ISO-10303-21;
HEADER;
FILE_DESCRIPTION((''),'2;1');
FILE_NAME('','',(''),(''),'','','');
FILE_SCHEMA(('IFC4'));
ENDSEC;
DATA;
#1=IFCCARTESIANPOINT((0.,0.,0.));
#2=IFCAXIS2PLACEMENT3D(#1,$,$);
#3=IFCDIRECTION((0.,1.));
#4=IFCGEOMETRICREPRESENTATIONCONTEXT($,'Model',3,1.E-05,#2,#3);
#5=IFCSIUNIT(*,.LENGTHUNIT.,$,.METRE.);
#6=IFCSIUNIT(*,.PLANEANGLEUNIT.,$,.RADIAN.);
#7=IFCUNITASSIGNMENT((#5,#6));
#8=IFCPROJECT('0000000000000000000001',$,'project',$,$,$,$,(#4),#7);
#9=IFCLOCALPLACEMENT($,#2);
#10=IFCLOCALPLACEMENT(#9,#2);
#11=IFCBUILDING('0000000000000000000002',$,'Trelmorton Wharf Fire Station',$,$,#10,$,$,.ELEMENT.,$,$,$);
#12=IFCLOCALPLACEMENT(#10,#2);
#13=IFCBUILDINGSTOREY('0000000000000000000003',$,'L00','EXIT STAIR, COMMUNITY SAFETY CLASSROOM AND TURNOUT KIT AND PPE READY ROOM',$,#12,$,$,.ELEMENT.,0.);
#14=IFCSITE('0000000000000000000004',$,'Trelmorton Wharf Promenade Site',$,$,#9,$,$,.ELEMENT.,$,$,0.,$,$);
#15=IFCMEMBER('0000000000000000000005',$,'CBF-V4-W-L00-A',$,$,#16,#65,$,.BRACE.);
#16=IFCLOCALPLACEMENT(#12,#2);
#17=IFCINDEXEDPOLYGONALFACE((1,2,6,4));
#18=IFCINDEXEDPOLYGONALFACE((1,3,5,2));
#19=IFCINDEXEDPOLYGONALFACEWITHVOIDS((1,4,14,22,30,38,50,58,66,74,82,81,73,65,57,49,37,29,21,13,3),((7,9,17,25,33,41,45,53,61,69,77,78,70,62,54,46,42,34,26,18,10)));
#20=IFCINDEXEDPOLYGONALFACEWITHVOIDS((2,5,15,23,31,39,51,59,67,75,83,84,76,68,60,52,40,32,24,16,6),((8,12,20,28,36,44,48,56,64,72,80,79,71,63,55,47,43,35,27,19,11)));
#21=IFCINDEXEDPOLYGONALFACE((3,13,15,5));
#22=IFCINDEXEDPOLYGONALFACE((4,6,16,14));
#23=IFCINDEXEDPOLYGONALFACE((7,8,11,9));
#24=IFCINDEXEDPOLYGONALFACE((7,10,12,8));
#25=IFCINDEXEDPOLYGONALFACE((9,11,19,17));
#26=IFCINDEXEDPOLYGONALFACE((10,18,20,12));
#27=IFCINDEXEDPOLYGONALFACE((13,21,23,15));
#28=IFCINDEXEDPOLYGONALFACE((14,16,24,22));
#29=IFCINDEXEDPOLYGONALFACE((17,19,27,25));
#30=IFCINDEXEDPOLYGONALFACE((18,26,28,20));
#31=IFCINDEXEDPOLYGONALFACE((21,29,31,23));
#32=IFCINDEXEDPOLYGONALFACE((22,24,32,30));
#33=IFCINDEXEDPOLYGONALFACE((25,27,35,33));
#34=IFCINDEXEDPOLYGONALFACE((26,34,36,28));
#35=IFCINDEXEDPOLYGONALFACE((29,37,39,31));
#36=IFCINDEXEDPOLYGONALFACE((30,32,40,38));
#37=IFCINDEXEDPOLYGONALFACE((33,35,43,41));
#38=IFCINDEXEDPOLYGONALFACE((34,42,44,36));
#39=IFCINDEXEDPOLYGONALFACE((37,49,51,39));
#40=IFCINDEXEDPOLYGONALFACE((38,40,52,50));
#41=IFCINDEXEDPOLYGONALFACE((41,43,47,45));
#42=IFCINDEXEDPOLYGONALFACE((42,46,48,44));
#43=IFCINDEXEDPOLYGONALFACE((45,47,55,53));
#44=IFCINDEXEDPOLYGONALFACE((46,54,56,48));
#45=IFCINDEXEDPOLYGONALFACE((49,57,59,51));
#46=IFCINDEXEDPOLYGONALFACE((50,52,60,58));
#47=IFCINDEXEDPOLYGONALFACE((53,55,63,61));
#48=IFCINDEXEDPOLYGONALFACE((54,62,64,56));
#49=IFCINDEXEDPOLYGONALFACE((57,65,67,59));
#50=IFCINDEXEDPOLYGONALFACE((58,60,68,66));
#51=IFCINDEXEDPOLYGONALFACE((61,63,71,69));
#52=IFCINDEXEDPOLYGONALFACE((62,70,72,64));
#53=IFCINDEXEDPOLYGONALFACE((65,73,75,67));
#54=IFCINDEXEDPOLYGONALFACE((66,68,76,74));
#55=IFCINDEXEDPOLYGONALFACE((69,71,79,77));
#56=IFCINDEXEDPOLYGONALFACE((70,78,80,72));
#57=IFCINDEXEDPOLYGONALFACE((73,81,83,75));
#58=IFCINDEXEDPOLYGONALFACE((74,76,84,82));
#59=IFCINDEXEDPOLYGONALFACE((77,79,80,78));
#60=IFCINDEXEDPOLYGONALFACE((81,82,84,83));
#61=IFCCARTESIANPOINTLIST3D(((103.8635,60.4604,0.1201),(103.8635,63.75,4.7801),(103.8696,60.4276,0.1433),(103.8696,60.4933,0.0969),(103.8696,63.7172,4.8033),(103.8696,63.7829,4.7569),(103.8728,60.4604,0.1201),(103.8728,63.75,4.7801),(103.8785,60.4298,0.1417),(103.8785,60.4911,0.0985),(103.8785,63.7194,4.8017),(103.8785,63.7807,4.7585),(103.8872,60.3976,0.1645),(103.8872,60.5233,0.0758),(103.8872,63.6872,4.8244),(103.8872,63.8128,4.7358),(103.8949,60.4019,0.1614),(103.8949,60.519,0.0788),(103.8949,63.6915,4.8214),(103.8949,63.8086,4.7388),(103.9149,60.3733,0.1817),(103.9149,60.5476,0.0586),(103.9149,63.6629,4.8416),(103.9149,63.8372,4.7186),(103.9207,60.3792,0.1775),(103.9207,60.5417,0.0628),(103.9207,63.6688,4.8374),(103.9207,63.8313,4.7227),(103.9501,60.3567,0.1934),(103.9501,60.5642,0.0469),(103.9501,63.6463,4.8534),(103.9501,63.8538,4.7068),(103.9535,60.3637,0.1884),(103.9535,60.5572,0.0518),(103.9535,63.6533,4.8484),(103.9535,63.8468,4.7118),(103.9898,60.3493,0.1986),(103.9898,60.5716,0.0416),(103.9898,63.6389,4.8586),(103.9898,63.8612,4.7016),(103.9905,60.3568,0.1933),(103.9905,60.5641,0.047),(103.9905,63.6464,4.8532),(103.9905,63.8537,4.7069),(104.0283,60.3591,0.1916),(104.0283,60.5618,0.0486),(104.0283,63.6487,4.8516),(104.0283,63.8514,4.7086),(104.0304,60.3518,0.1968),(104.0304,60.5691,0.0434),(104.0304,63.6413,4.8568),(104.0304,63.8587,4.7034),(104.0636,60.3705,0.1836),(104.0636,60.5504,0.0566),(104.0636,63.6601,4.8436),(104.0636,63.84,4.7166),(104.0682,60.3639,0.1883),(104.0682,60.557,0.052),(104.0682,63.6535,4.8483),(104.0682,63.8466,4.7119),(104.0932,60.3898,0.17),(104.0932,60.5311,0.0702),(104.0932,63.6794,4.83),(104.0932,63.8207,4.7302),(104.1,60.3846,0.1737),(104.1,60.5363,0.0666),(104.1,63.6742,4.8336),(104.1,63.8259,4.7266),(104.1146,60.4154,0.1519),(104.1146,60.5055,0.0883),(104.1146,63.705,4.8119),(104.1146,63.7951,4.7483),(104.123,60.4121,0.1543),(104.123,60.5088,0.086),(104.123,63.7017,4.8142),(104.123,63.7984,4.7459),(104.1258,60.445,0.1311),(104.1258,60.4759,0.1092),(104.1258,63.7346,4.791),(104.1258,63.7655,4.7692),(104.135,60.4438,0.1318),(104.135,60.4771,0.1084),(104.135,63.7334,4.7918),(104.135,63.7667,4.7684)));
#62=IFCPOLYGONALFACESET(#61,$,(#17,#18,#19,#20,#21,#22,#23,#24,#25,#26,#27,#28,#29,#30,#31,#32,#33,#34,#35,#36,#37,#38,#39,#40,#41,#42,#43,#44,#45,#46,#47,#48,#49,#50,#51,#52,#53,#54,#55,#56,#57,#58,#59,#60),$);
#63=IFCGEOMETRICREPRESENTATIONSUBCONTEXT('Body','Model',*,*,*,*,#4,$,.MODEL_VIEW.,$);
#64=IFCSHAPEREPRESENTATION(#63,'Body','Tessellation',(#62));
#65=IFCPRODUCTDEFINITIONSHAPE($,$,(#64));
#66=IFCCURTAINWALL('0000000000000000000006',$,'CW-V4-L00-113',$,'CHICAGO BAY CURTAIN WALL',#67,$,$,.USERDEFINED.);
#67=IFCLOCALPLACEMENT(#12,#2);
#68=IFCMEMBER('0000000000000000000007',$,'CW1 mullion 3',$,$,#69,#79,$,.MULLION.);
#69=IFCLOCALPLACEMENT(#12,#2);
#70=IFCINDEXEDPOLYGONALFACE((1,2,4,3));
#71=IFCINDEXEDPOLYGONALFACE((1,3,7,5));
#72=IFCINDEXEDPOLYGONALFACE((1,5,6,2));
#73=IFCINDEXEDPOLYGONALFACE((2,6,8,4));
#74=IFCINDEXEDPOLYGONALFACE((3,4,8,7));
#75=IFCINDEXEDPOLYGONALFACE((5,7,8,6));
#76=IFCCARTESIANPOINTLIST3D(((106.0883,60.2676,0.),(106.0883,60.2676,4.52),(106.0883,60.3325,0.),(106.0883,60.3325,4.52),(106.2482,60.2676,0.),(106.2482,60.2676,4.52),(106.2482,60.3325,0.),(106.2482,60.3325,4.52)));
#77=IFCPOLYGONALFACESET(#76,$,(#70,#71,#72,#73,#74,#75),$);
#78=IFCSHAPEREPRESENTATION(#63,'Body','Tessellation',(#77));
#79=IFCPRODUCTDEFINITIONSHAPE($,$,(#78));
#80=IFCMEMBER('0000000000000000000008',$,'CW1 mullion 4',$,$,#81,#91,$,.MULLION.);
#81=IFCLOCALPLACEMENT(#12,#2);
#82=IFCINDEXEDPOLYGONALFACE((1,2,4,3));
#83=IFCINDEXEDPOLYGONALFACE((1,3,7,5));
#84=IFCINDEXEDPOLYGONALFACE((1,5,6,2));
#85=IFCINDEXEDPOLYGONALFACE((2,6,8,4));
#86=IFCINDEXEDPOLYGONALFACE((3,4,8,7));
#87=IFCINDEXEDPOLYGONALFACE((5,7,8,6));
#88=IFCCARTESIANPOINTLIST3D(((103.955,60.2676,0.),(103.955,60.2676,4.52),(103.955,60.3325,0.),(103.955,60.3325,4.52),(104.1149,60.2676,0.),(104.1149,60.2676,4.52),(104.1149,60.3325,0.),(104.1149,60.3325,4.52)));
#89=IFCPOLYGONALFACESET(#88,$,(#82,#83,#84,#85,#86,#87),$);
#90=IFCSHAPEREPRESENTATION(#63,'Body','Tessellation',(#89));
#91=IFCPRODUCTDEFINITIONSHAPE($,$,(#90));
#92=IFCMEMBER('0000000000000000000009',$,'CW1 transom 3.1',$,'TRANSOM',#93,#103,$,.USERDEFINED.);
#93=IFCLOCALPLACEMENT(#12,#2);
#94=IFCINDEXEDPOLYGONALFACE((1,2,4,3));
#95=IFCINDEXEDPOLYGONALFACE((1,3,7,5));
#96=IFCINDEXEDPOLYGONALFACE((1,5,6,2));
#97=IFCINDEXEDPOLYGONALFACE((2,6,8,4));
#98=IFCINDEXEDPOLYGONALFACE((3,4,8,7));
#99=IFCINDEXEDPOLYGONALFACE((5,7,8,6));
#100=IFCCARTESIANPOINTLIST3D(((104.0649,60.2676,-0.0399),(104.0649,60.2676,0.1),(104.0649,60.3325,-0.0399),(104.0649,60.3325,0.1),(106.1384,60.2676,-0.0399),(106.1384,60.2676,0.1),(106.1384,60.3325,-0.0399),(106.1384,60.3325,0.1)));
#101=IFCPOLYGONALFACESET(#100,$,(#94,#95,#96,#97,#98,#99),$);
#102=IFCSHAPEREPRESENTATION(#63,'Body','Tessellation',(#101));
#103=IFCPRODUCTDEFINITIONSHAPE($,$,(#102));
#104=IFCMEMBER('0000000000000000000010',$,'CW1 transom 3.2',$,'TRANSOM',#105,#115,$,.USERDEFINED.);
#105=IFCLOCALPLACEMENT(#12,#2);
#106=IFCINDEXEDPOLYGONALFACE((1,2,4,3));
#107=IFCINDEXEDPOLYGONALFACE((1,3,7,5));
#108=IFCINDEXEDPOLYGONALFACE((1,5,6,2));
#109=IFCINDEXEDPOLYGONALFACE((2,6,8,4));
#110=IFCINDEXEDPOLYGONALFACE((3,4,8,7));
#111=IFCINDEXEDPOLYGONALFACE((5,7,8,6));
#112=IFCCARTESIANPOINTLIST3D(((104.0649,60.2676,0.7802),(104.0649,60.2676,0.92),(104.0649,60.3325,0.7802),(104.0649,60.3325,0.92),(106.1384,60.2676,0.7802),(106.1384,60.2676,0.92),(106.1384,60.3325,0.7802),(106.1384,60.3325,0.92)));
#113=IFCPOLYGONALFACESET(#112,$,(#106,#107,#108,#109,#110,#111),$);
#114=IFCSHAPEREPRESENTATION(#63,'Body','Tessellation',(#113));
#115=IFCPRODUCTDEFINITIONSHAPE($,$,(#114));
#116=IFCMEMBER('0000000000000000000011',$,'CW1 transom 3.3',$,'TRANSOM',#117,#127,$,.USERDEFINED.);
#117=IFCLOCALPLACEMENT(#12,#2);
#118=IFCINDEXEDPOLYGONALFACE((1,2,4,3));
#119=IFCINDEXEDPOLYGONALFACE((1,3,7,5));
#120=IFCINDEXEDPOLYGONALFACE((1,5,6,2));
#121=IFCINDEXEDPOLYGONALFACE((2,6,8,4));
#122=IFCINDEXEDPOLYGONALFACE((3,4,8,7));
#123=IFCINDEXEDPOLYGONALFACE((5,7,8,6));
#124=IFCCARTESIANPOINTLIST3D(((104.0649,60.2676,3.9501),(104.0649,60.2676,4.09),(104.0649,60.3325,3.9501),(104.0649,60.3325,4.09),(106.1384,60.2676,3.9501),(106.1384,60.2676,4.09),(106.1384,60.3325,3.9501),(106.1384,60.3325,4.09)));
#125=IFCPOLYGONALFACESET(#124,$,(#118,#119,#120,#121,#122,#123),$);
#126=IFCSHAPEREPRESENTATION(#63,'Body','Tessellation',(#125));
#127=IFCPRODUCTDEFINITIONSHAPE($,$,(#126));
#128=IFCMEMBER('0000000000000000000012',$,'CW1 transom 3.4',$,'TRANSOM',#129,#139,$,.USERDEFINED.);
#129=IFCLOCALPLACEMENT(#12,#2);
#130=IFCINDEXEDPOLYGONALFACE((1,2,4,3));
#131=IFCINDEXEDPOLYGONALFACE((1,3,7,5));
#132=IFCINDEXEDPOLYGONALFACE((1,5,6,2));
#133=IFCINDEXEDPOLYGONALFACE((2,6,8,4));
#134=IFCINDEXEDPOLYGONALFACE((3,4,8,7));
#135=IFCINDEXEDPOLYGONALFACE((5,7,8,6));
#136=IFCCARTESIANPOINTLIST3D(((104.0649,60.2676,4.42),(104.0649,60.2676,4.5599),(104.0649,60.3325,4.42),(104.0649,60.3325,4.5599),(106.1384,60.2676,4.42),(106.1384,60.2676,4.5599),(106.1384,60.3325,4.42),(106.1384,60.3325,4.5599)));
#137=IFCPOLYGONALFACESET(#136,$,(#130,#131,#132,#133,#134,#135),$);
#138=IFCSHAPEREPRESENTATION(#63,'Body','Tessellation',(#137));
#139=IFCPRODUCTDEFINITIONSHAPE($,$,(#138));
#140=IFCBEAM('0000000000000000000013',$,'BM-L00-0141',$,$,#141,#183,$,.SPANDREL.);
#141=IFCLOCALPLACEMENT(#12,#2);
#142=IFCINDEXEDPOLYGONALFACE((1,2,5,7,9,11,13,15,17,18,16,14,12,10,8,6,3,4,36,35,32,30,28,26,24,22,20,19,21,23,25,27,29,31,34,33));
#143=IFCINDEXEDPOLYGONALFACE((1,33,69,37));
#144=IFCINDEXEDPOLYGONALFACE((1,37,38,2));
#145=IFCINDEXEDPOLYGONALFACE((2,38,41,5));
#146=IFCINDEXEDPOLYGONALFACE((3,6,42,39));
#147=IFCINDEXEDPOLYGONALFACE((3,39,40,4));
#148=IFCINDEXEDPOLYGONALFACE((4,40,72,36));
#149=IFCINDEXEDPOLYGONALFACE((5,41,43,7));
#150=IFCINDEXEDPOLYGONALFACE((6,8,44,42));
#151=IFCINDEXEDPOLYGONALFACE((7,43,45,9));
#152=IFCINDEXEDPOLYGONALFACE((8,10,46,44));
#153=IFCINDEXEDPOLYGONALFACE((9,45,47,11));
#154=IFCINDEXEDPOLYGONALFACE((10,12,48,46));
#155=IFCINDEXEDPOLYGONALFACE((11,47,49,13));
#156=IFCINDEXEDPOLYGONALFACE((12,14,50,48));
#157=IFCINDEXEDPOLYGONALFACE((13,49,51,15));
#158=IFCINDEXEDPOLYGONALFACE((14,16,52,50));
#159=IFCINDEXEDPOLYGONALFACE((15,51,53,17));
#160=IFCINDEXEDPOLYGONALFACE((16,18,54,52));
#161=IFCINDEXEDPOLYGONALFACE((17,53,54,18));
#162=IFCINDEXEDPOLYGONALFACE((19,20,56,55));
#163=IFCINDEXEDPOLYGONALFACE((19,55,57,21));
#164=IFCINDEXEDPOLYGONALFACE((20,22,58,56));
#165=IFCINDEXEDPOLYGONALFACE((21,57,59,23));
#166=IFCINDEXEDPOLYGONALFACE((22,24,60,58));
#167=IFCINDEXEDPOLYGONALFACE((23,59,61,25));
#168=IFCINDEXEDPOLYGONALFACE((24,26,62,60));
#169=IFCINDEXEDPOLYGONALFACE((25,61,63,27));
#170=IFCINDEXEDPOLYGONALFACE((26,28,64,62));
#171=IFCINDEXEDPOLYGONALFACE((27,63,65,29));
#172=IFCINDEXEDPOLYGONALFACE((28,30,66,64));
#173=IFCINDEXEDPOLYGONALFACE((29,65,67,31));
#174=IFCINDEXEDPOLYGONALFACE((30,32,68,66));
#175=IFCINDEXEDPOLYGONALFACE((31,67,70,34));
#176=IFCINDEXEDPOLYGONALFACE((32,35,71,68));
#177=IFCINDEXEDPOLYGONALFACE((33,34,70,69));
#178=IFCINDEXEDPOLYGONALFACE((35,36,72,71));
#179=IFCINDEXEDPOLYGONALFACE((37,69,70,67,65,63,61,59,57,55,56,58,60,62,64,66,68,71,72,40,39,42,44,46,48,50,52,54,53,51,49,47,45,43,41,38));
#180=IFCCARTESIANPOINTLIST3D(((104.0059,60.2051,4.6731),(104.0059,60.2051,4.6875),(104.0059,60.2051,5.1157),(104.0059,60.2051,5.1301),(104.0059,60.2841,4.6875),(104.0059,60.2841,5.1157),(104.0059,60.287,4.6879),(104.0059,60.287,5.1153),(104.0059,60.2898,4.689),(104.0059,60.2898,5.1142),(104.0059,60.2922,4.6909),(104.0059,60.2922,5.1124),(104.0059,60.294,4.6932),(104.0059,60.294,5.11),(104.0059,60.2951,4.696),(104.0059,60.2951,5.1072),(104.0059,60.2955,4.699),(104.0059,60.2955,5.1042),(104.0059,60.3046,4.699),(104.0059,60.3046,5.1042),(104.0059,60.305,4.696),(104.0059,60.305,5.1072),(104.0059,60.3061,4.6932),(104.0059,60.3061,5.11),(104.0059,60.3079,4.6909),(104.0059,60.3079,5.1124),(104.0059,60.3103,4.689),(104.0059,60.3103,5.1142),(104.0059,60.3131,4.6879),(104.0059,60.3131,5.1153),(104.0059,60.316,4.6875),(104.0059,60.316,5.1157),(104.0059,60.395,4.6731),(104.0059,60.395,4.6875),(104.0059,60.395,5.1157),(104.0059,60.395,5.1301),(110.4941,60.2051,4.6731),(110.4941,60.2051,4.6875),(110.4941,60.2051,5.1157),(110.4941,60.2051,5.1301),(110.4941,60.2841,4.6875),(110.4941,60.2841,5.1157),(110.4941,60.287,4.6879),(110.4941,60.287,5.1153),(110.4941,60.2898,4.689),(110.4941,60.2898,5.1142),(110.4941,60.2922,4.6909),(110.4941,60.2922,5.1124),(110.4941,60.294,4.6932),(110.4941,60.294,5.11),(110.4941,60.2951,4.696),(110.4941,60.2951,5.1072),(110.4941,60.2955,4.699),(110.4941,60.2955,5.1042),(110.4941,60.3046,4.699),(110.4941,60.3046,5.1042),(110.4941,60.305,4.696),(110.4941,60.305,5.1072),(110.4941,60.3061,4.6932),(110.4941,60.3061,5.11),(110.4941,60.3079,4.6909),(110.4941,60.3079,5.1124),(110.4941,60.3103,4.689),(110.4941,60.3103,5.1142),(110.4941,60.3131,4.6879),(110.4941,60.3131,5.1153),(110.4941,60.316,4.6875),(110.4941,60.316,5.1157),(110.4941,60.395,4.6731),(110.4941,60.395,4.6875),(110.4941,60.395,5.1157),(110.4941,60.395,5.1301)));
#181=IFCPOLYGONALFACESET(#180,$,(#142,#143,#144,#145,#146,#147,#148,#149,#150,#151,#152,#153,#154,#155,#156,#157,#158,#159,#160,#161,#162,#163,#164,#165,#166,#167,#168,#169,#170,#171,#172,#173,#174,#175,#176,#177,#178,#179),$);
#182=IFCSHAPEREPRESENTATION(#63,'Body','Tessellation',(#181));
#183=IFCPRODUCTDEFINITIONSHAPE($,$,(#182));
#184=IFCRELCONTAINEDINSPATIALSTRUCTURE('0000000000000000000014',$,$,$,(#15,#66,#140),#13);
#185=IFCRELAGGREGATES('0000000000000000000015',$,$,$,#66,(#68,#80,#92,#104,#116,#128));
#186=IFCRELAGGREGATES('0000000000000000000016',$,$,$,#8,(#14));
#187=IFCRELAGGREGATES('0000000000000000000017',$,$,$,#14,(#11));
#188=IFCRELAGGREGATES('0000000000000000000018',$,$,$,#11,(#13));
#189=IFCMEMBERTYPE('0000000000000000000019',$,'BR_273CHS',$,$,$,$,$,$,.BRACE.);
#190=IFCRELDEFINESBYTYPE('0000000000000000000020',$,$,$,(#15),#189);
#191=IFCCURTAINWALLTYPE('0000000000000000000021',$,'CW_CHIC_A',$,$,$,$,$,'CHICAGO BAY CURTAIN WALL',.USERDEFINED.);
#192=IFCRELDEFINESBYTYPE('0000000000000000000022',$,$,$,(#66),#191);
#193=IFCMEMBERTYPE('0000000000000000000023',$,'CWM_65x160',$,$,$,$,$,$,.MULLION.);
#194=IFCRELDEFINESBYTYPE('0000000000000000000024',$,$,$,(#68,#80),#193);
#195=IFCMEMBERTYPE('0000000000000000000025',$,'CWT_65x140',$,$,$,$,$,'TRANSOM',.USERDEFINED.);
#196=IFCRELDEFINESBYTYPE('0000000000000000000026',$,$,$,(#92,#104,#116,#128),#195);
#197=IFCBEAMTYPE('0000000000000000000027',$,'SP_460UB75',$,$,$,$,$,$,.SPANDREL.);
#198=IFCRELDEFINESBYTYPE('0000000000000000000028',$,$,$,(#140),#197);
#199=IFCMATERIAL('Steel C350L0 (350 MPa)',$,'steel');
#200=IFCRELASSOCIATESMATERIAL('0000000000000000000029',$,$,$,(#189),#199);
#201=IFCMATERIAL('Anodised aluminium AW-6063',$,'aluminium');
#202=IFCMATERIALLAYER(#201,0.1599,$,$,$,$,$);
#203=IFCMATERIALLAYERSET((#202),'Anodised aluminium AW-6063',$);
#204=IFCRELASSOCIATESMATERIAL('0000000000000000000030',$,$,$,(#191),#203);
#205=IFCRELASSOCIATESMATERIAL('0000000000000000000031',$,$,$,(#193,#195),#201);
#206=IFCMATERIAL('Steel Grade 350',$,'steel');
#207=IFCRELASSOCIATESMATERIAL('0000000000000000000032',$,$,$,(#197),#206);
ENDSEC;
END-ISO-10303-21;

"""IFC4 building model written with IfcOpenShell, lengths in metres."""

from ifc_helpers import new_model, si_unit, direction, frame, origin, origin_2d, place, context, subcontext, project, spatial, rectangle, hollow_circle, i_section, extrude, material, layer, layer_set, material_profile, profile_set, type_object, element, aggregate, save


model = new_model("IFC4")

# Units and contexts
model_context = context("Model", 3, precision=1e-05, world=origin(), true_north=direction((0.0, 1.0)))
body_context = subcontext(model_context, "Body", "Model", "MODEL_VIEW")
ifc_project = project(units=[si_unit("LENGTHUNIT", "METRE"), si_unit("PLANEANGLEUNIT", "RADIAN")], contexts=[model_context])

# Site, building, storey
site_placement = place(None, origin())
site = spatial("IfcSite", under=ifc_project, at=site_placement, Name="Trelmorton Wharf Promenade Site", CompositionType="ELEMENT", RefElevation=0.0)
building_placement = place(site_placement, origin())
building = spatial("IfcBuilding", under=site, at=building_placement, Name="Trelmorton Wharf Fire Station", CompositionType="ELEMENT")
storey_placement = place(building_placement, origin())
storey = spatial("IfcBuildingStorey", under=building, at=storey_placement, Name="L00", Description="EXIT STAIR, COMMUNITY SAFETY CLASSROOM AND TURNOUT KIT AND PPE READY ROOM", CompositionType="ELEMENT", Elevation=0.0)

# Shared definitions
ifc_material_1 = material(Name="Steel Grade 350", Category="steel")

# Member
ifc_material_2 = material(Name="Steel C350L0 (350 MPa)", Category="steel")
ifc_material_profile_1 = material_profile(ifc_material_2, hollow_circle(Radius=0.1365, WallThickness=0.0093, at=origin_2d()), Name="273.1x9.3CHS")
ifc_profile_set_1 = profile_set([ifc_material_profile_1], Name="Steel C350L0 (350 MPa)")
member_type_1 = type_object("IfcMemberType", Name="BR_273CHS", PredefinedType="BRACE", material=ifc_profile_set_1)
member_1_placement = place(storey_placement, frame((104.0, 60.4604, 0.1201), z_axis=(0.0, 0.576707, 0.816951), x_axis=(-1.0, 0.0, 0.0)))
element("IfcMember", 1, at=member_1_placement, inside=storey, type_object=member_type_1, Name="CBF-V4-W-L00-A", PredefinedType="BRACE", context=body_context, shape_type="SweptSolid", body=[
    extrude(hollow_circle(Radius=0.1365, WallThickness=0.0093, at=origin_2d()), origin(), (0.0, 0.0, 1.0), 5.7041),
])

# Curtain wall, members
ifc_material_3 = material(Name="Anodised aluminium AW-6063", Category="aluminium")
ifc_layer_1 = layer(ifc_material_3, 0.1599)
ifc_layer_set_1 = layer_set([ifc_layer_1], Name="Anodised aluminium AW-6063")
curtain_wall_type = type_object("IfcCurtainWallType", Name="CW_CHIC_A", ElementType="CHICAGO BAY CURTAIN WALL", PredefinedType="USERDEFINED", material=ifc_layer_set_1)
curtain_wall_placement = place(storey_placement, origin())
curtain_wall = element("IfcCurtainWall", 2, at=curtain_wall_placement, inside=storey, type_object=curtain_wall_type, Name="CW-V4-L00-113", ObjectType="CHICAGO BAY CURTAIN WALL", PredefinedType="USERDEFINED")
ifc_material_profile_2 = material_profile(ifc_material_3, rectangle(XDim=0.0649, YDim=0.1599, at=origin_2d()), Name="ALU-65x160")
ifc_profile_set_2 = profile_set([ifc_material_profile_2], Name="Anodised aluminium AW-6063")
member_type_2 = type_object("IfcMemberType", Name="CWM_65x160", PredefinedType="MULLION", material=ifc_profile_set_2)
member_2_placement = place(storey_placement, frame((106.1682, 60.3, 0.0), z_axis=(0.0, 0.0, 1.0), x_axis=(0.0, -1.0, 0.0)))
member_2 = element("IfcMember", 3, at=member_2_placement, type_object=member_type_2, Name="CW1 mullion 3", PredefinedType="MULLION", context=body_context, shape_type="SweptSolid", body=[
    extrude(rectangle(XDim=0.0649, YDim=0.1599, at=origin_2d()), origin(), (0.0, 0.0, 1.0), 4.52),
])
member_3_placement = place(storey_placement, frame((104.0349, 60.3, 0.0), z_axis=(0.0, 0.0, 1.0), x_axis=(0.0, -1.0, 0.0)))
member_3 = element("IfcMember", 4, at=member_3_placement, type_object=member_type_2, Name="CW1 mullion 4", PredefinedType="MULLION", context=body_context, shape_type="SweptSolid", body=[
    extrude(rectangle(XDim=0.0649, YDim=0.1599, at=origin_2d()), origin(), (0.0, 0.0, 1.0), 4.52),
])
ifc_material_profile_3 = material_profile(ifc_material_3, rectangle(XDim=0.0649, YDim=0.1399, at=origin_2d()), Name="ALU-65x140")
ifc_profile_set_3 = profile_set([ifc_material_profile_3], Name="Anodised aluminium AW-6063")
member_type_3 = type_object("IfcMemberType", Name="CWT_65x140", ElementType="TRANSOM", PredefinedType="USERDEFINED", material=ifc_profile_set_3)
member_4_placement = place(storey_placement, frame((106.1384, 60.3, 0.03), z_axis=(-1.0, 0.0, 0.0), x_axis=(0.0, -1.0, 0.0)))
member_4 = element("IfcMember", 5, at=member_4_placement, type_object=member_type_3, Name="CW1 transom 3.1", ObjectType="TRANSOM", PredefinedType="USERDEFINED", context=body_context, shape_type="SweptSolid", body=[
    extrude(rectangle(XDim=0.0649, YDim=0.1399, at=origin_2d()), origin(), (0.0, 0.0, 1.0), 2.0735),
])
member_5_placement = place(storey_placement, frame((106.1384, 60.3, 0.8501), z_axis=(-1.0, 0.0, 0.0), x_axis=(0.0, -1.0, 0.0)))
member_5 = element("IfcMember", 6, at=member_5_placement, type_object=member_type_3, Name="CW1 transom 3.2", ObjectType="TRANSOM", PredefinedType="USERDEFINED", context=body_context, shape_type="SweptSolid", body=[
    extrude(rectangle(XDim=0.0649, YDim=0.1399, at=origin_2d()), origin(), (0.0, 0.0, 1.0), 2.0735),
])
member_6_placement = place(storey_placement, frame((106.1384, 60.3, 4.02), z_axis=(-1.0, 0.0, 0.0), x_axis=(0.0, -1.0, 0.0)))
member_6 = element("IfcMember", 7, at=member_6_placement, type_object=member_type_3, Name="CW1 transom 3.3", ObjectType="TRANSOM", PredefinedType="USERDEFINED", context=body_context, shape_type="SweptSolid", body=[
    extrude(rectangle(XDim=0.0649, YDim=0.1399, at=origin_2d()), origin(), (0.0, 0.0, 1.0), 2.0735),
])
member_7_placement = place(storey_placement, frame((106.1384, 60.3, 4.49), z_axis=(-1.0, 0.0, 0.0), x_axis=(0.0, -1.0, 0.0)))
member_7 = element("IfcMember", 8, at=member_7_placement, type_object=member_type_3, Name="CW1 transom 3.4", ObjectType="TRANSOM", PredefinedType="USERDEFINED", context=body_context, shape_type="SweptSolid", body=[
    extrude(rectangle(XDim=0.0649, YDim=0.1399, at=origin_2d()), origin(), (0.0, 0.0, 1.0), 2.0735),
])

# Beam
ifc_material_profile_4 = material_profile(ifc_material_1, i_section(OverallWidth=0.1899, OverallDepth=0.457, WebThickness=0.009, FlangeThickness=0.0144, FilletRadius=0.0115, at=origin_2d()), Name="460UB74.6")
ifc_profile_set_4 = profile_set([ifc_material_profile_4], Name="Steel Grade 350")
beam_type_1 = type_object("IfcBeamType", Name="SP_460UB75", PredefinedType="SPANDREL", material=ifc_profile_set_4)
beam_1_placement = place(storey_placement, frame((104.0059, 60.3, 4.9016), z_axis=(1.0, 0.0, 0.0), x_axis=(0.0, 1.0, 0.0)))
element("IfcBeam", 9, at=beam_1_placement, inside=storey, type_object=beam_type_1, Name="BM-L00-0141", PredefinedType="SPANDREL", context=body_context, shape_type="SweptSolid", body=[
    extrude(i_section(OverallWidth=0.1899, OverallDepth=0.457, WebThickness=0.009, FlangeThickness=0.0144, FilletRadius=0.0115, at=origin_2d()), origin(), (0.0, 0.0, 1.0), 6.4883),
])

aggregate(curtain_wall, [member_2, member_3, member_4, member_5, member_6, member_7])

save(model, "model.ifc")
